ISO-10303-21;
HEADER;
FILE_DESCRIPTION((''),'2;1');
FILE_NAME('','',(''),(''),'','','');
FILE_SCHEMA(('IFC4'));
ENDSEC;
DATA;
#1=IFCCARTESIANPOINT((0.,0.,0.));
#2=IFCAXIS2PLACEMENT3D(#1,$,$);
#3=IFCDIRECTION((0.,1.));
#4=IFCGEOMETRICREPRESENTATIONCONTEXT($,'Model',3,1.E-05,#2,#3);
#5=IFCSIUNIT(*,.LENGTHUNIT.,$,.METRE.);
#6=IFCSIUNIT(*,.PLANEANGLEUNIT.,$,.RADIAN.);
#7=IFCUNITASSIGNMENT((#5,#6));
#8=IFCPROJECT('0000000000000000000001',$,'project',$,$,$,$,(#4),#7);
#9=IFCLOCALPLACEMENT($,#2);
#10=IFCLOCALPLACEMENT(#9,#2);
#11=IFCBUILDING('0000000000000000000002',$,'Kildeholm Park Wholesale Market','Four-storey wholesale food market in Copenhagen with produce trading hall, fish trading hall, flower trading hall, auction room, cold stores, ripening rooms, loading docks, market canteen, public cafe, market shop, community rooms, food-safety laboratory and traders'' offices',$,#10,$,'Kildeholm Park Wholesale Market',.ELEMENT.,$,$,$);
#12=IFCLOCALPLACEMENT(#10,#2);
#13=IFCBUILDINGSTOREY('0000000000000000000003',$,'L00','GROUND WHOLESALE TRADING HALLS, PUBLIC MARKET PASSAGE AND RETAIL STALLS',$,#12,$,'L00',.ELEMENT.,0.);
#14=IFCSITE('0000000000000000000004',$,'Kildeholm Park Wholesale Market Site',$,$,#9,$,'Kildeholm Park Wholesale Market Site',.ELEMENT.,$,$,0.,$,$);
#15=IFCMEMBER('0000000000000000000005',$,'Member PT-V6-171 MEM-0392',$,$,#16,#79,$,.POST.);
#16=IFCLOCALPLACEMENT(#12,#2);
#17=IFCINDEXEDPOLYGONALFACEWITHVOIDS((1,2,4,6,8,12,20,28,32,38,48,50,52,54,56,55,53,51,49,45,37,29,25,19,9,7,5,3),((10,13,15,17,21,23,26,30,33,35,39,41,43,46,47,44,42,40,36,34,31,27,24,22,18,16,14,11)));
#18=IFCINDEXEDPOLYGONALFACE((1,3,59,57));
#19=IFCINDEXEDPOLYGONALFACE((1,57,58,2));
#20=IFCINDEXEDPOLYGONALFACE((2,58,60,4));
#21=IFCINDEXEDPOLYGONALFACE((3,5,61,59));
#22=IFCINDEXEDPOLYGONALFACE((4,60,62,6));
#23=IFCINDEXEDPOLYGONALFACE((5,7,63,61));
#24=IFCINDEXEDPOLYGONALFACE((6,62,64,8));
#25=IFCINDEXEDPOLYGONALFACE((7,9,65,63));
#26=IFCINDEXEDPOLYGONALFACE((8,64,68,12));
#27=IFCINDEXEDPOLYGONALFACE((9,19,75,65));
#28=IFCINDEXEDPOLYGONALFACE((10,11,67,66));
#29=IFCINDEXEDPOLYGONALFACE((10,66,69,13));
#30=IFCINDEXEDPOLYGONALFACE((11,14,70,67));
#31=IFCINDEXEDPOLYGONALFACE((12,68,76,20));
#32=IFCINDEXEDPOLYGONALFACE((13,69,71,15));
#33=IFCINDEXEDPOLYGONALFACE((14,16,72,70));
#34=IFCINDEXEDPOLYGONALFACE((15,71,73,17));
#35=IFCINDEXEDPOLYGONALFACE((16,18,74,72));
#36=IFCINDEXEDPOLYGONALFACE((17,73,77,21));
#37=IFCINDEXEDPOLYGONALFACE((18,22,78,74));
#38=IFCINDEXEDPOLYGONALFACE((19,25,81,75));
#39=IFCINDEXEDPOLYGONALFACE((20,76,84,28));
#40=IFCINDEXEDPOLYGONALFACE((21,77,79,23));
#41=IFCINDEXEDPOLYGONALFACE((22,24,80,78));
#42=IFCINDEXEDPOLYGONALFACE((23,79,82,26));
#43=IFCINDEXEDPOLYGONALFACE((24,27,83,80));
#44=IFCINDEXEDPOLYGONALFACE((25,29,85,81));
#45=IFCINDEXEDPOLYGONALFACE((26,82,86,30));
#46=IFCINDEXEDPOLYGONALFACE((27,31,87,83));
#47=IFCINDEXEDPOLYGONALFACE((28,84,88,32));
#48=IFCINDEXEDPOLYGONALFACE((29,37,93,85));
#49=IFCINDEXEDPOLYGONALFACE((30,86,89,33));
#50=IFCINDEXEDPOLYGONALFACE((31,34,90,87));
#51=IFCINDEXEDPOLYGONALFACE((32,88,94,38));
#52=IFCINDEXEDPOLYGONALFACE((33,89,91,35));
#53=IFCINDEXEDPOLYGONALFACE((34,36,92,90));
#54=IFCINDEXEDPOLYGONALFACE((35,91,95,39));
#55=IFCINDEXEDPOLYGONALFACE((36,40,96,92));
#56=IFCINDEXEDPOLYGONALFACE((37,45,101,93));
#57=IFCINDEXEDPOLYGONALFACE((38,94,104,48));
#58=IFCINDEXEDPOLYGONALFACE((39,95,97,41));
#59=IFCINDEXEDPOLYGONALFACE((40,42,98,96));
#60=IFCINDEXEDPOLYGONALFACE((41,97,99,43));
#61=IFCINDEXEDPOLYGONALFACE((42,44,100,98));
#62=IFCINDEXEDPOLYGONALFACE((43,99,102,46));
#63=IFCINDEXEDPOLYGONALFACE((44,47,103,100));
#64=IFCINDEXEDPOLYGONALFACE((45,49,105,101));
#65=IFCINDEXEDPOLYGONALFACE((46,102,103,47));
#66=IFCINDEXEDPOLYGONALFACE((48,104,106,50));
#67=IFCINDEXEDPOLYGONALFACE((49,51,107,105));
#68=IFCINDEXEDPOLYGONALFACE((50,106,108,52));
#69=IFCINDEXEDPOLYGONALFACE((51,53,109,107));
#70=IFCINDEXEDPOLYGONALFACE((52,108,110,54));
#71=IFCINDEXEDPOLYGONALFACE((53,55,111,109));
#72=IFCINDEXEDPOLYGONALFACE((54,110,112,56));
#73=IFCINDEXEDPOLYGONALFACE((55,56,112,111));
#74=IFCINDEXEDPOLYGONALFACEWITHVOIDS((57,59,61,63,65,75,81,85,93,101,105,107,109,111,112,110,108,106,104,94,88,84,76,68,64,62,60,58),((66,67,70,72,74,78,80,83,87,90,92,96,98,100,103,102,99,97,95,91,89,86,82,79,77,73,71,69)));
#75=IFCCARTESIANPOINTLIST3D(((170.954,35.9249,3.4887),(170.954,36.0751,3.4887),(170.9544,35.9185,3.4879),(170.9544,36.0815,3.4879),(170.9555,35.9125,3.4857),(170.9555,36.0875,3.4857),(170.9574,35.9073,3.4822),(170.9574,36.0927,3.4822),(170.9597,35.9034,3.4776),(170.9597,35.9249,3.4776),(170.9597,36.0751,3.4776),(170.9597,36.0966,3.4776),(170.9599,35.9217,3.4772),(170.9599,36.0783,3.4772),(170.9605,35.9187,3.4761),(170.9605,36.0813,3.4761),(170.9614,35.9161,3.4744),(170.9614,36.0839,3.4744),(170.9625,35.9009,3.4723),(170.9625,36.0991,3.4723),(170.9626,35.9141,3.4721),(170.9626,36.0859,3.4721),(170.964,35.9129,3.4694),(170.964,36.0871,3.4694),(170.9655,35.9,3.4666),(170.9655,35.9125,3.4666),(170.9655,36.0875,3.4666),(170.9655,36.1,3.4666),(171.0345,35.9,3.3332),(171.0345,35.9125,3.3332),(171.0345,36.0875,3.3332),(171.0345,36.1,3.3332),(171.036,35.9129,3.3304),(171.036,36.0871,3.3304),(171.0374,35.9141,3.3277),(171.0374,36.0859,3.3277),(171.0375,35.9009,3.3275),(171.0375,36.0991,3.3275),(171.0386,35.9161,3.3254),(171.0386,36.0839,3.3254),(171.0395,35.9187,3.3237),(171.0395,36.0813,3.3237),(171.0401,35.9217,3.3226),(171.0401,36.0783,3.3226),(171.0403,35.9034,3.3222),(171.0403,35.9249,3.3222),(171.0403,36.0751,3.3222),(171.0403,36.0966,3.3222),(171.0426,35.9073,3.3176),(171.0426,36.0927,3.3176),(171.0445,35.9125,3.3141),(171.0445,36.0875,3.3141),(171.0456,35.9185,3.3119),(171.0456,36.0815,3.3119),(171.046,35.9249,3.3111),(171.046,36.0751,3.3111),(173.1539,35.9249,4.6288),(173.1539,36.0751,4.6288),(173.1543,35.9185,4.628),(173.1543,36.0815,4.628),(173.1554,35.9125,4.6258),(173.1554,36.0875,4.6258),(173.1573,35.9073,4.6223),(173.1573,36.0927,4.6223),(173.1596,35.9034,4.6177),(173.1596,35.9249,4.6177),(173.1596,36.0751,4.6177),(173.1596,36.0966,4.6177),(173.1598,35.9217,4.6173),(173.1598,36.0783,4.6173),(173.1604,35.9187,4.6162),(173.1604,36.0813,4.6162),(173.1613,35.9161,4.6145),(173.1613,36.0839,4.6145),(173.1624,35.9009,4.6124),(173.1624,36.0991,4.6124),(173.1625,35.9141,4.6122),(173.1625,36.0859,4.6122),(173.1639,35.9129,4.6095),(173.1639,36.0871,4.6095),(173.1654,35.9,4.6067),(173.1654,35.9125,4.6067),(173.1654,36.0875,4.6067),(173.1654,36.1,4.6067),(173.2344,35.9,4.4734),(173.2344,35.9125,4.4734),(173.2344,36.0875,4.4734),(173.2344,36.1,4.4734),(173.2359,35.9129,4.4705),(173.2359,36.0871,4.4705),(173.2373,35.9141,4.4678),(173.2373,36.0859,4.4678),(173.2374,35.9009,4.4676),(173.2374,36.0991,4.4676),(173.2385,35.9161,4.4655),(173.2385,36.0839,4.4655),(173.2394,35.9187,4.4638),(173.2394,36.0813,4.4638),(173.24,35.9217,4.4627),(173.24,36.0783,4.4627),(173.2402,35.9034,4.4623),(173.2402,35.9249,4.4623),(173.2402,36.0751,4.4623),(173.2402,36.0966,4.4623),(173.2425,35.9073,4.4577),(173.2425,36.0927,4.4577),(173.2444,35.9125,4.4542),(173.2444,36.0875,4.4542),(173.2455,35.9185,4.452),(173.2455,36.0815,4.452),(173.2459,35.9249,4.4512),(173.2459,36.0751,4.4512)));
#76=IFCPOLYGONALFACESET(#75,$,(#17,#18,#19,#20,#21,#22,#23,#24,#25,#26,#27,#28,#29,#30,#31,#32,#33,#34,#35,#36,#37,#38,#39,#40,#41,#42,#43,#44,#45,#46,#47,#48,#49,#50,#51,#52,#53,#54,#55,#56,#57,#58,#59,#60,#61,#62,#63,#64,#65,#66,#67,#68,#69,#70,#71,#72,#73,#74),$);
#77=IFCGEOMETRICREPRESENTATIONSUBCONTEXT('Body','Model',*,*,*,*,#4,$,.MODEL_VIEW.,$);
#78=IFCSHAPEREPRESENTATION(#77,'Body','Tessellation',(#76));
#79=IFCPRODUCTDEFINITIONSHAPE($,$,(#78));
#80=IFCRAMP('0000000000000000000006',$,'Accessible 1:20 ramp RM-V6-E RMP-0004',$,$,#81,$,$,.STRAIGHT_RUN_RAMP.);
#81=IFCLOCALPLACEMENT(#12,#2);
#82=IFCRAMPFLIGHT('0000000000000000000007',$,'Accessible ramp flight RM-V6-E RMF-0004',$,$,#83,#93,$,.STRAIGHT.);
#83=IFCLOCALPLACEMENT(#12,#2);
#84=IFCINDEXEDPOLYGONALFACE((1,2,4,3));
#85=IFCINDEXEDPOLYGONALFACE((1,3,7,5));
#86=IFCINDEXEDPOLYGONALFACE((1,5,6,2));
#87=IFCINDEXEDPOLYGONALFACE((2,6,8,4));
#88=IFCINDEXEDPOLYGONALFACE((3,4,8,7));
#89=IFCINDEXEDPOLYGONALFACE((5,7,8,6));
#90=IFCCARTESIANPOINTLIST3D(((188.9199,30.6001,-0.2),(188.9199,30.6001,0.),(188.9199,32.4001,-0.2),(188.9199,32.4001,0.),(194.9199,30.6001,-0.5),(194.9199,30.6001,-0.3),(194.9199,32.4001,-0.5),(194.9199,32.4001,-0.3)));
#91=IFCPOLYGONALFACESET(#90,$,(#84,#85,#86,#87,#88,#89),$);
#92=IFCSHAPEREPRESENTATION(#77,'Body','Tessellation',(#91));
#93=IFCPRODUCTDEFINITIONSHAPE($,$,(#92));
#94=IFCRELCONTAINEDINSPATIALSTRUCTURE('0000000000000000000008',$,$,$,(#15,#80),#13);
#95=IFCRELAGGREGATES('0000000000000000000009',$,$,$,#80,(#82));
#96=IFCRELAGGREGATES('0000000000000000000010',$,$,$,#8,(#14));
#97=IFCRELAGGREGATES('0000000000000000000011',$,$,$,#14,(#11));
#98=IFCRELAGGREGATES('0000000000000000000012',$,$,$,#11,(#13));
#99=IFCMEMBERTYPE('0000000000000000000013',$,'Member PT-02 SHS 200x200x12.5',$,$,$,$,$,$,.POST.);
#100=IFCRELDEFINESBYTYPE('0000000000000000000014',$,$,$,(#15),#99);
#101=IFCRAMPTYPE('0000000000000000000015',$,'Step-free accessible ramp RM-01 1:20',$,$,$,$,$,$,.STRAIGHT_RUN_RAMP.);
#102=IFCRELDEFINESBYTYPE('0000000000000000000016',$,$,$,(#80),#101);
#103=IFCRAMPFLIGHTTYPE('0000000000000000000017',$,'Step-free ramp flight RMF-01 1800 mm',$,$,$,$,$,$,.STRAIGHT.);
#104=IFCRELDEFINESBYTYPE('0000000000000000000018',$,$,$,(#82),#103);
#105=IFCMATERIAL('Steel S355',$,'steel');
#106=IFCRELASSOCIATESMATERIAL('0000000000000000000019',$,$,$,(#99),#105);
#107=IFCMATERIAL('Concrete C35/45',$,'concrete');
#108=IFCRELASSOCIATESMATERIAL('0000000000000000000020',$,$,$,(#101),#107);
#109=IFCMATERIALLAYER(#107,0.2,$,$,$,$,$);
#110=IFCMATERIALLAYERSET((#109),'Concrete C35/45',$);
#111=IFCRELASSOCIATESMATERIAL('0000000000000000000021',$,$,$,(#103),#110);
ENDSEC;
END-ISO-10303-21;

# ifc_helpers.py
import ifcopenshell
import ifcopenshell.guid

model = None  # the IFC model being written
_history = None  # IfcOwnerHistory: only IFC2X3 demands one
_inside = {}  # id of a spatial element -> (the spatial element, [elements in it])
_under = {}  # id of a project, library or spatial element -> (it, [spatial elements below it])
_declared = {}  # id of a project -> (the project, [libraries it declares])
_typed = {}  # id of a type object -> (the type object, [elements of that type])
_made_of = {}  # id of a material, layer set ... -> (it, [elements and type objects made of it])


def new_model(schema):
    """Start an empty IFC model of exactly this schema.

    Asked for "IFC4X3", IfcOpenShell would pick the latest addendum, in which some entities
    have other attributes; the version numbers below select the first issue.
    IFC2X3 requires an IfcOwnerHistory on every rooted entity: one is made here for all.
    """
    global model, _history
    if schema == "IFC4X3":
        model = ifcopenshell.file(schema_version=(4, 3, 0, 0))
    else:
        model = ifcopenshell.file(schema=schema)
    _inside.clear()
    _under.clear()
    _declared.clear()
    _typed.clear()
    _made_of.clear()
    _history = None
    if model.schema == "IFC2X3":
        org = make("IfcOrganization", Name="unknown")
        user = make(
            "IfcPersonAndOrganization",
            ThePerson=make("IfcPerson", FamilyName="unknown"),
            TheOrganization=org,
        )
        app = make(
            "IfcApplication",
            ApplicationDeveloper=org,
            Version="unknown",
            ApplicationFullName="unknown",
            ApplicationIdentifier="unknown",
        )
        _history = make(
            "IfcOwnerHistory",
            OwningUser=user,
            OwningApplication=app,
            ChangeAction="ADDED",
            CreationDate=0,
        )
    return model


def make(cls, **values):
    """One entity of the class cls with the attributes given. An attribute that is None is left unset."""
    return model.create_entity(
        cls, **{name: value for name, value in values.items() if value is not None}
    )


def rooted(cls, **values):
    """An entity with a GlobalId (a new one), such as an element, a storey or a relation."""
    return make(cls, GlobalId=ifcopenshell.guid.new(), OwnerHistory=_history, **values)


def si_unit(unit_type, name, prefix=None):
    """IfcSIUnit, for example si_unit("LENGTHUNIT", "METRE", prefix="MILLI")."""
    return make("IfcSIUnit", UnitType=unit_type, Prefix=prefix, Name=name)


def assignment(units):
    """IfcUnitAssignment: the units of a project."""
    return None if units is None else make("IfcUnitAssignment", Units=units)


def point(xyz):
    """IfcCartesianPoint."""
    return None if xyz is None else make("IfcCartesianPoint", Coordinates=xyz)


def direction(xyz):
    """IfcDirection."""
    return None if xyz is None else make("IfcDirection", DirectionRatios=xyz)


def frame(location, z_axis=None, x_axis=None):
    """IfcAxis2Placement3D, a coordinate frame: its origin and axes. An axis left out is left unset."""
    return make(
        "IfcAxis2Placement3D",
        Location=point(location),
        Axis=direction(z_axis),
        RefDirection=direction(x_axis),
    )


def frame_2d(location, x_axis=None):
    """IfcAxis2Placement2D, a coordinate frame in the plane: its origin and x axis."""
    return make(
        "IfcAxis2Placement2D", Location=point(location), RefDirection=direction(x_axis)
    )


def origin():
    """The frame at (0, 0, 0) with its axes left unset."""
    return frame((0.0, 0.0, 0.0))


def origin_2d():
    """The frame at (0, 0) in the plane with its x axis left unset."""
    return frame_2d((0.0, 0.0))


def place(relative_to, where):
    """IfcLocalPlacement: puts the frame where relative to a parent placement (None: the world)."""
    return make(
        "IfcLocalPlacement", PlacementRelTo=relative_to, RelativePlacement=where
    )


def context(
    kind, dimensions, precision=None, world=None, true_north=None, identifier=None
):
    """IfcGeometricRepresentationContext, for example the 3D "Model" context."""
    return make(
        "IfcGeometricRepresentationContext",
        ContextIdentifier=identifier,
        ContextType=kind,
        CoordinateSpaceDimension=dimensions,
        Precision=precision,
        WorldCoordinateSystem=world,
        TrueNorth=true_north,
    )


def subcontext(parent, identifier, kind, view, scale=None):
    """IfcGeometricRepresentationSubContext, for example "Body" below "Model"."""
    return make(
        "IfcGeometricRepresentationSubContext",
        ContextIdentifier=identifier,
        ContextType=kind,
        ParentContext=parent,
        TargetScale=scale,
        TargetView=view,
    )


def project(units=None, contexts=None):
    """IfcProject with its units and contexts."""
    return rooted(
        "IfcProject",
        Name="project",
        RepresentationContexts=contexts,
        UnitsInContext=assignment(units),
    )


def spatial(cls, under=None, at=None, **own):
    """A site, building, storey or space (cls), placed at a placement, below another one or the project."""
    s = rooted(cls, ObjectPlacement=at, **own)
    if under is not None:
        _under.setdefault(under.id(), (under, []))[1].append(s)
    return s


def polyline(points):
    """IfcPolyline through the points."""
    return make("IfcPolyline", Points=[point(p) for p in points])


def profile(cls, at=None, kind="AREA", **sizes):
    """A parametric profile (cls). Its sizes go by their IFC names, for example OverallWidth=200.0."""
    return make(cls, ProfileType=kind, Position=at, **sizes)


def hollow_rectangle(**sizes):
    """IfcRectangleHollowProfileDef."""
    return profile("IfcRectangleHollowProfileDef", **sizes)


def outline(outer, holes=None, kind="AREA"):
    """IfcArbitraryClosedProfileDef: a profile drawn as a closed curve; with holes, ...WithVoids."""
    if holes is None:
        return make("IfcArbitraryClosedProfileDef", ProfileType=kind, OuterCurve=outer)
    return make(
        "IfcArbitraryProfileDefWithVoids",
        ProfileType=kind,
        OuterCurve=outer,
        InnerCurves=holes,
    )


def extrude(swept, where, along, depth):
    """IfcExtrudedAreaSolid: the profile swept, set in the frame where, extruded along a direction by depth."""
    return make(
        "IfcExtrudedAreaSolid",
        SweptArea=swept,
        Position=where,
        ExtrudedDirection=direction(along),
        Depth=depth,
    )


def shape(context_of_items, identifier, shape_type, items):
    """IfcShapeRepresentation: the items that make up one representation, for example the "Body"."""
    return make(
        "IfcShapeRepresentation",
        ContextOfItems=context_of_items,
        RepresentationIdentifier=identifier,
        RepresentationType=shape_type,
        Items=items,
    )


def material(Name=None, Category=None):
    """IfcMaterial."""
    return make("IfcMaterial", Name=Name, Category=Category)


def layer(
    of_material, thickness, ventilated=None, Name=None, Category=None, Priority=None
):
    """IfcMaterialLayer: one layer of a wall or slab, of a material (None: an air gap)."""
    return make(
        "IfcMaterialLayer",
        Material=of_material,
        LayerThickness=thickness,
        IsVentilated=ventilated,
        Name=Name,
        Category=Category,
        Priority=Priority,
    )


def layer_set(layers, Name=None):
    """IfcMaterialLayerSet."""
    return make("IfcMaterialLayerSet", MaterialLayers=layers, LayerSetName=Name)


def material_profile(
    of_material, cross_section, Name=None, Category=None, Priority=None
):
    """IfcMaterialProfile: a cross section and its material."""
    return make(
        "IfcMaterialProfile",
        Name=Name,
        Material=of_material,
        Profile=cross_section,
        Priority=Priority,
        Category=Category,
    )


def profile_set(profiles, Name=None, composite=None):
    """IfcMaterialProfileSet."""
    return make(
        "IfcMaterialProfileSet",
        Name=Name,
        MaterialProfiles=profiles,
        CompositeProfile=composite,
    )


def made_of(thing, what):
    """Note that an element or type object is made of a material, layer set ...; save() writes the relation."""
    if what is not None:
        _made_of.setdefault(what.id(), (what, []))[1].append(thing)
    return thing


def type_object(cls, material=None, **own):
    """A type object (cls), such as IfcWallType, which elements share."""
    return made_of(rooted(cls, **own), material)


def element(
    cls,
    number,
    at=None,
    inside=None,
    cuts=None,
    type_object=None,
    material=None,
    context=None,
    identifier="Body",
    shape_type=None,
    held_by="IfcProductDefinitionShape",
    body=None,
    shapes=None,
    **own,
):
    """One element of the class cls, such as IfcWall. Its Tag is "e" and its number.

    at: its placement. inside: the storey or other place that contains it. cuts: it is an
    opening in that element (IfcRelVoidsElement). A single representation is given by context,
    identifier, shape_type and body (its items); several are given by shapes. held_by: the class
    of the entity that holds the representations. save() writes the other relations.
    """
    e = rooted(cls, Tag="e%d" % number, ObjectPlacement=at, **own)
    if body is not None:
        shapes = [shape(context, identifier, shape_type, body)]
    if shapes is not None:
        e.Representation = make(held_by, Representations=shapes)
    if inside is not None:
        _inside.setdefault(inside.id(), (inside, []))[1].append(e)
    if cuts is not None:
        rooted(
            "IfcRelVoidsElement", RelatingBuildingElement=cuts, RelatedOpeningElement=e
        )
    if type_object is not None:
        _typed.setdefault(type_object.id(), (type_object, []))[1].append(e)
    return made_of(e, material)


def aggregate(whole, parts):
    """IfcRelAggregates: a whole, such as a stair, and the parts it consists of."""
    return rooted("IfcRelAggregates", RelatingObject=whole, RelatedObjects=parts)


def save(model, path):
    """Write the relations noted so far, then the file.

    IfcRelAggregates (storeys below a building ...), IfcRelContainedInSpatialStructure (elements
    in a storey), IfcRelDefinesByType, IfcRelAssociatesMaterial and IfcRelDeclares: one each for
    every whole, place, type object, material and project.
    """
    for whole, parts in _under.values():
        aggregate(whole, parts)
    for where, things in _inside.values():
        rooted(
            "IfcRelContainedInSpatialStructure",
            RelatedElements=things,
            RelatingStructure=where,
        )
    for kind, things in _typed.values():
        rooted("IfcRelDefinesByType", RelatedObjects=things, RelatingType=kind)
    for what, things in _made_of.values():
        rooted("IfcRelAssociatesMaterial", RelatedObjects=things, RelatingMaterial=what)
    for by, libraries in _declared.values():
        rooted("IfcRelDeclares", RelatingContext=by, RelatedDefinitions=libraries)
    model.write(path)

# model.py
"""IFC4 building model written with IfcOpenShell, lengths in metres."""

from ifc_helpers import new_model, si_unit, direction, frame, origin, origin_2d, place, context, subcontext, project, spatial, polyline, hollow_rectangle, outline, extrude, material, layer, layer_set, material_profile, profile_set, type_object, element, aggregate, save


model = new_model("IFC4")

# Units and contexts
model_context = context("Model", 3, precision=1e-05, world=origin(), true_north=direction((0.0, 1.0)))
body_context = subcontext(model_context, "Body", "Model", "MODEL_VIEW")
ifc_project = project(units=[si_unit("LENGTHUNIT", "METRE"), si_unit("PLANEANGLEUNIT", "RADIAN")], contexts=[model_context])

# Site, building, storey
site_placement = place(None, origin())
site = spatial("IfcSite", under=ifc_project, at=site_placement, Name="Kildeholm Park Wholesale Market Site", LongName="Kildeholm Park Wholesale Market Site", CompositionType="ELEMENT", RefElevation=0.0)
building_placement = place(site_placement, origin())
building = spatial("IfcBuilding", under=site, at=building_placement, Name="Kildeholm Park Wholesale Market", Description="Four-storey wholesale food market in Copenhagen with produce trading hall, fish trading hall, flower trading hall, auction room, cold stores, ripening rooms, loading docks, market canteen, public cafe, market shop, community rooms, food-safety laboratory and traders' offices", LongName="Kildeholm Park Wholesale Market", CompositionType="ELEMENT")
storey_placement = place(building_placement, origin())
storey = spatial("IfcBuildingStorey", under=building, at=storey_placement, Name="L00", Description="GROUND WHOLESALE TRADING HALLS, PUBLIC MARKET PASSAGE AND RETAIL STALLS", LongName="L00", CompositionType="ELEMENT", Elevation=0.0)

# Shared definitions
ifc_material_1 = material(Name="Concrete C35/45", Category="concrete")

# Shared definitions
ifc_material_2 = material(Name="Steel S355", Category="steel")

# Member
ifc_material_profile_1 = material_profile(ifc_material_2, hollow_rectangle(XDim=0.2, YDim=0.2, WallThickness=0.0125, InnerFilletRadius=0.0125, OuterFilletRadius=0.0249, at=origin_2d()), Name="SHS 200x200x12.5")
ifc_profile_set_1 = profile_set([ifc_material_profile_1], Name="Steel S355")
member_type_1 = type_object("IfcMemberType", Name="Member PT-02 SHS 200x200x12.5", PredefinedType="POST", material=ifc_profile_set_1)
member_1_placement = place(storey_placement, frame((171.0, 36.0, 3.3999), z_axis=(0.88785, 0.0, 0.460133), x_axis=(0.0, 1.0, 0.0)))
element("IfcMember", 1, at=member_1_placement, inside=storey, type_object=member_type_1, Name="Member PT-V6-171 MEM-0392", PredefinedType="POST", context=body_context, shape_type="SweptSolid", body=[
    extrude(hollow_rectangle(XDim=0.2, YDim=0.2, WallThickness=0.0125, InnerFilletRadius=0.0125, OuterFilletRadius=0.0249, at=origin_2d()), origin(), (0.0, 0.0, 1.0), 2.4778),
])

# Ramp, ramp flight
ramp_type = type_object("IfcRampType", Name="Step-free accessible ramp RM-01 1:20", PredefinedType="STRAIGHT_RUN_RAMP", material=ifc_material_1)
ramp_placement = place(storey_placement, origin())
ramp = element("IfcRamp", 2, at=ramp_placement, inside=storey, type_object=ramp_type, Name="Accessible 1:20 ramp RM-V6-E RMP-0004", PredefinedType="STRAIGHT_RUN_RAMP")
ifc_layer = layer(ifc_material_1, 0.2)
ifc_layer_set = layer_set([ifc_layer], Name="Concrete C35/45")
ramp_flight_type = type_object("IfcRampFlightType", Name="Step-free ramp flight RMF-01 1800 mm", PredefinedType="STRAIGHT", material=ifc_layer_set)
ramp_flight_placement = place(storey_placement, frame((194.9199, 31.5, -0.3), z_axis=(0.0, 0.0, 1.0), x_axis=(-1.0, 0.0, 0.0)))
ramp_flight = element("IfcRampFlight", 3, at=ramp_flight_placement, type_object=ramp_flight_type, Name="Accessible ramp flight RM-V6-E RMF-0004", PredefinedType="STRAIGHT", context=body_context, shape_type="SweptSolid", body=[
    extrude(outline(polyline([(0.0, 0.0), (0.0, -0.2), (6.0, 0.1001), (6.0, 0.3), (0.0, 0.0)])), frame((0.0, 0.8999, 0.0), z_axis=(0.0, -1.0, 0.0), x_axis=(1.0, 0.0, 0.0)), (0.0, 0.0, 1.0), 1.8),
])
aggregate(ramp, [ramp_flight])

save(model, "model.ifc")
